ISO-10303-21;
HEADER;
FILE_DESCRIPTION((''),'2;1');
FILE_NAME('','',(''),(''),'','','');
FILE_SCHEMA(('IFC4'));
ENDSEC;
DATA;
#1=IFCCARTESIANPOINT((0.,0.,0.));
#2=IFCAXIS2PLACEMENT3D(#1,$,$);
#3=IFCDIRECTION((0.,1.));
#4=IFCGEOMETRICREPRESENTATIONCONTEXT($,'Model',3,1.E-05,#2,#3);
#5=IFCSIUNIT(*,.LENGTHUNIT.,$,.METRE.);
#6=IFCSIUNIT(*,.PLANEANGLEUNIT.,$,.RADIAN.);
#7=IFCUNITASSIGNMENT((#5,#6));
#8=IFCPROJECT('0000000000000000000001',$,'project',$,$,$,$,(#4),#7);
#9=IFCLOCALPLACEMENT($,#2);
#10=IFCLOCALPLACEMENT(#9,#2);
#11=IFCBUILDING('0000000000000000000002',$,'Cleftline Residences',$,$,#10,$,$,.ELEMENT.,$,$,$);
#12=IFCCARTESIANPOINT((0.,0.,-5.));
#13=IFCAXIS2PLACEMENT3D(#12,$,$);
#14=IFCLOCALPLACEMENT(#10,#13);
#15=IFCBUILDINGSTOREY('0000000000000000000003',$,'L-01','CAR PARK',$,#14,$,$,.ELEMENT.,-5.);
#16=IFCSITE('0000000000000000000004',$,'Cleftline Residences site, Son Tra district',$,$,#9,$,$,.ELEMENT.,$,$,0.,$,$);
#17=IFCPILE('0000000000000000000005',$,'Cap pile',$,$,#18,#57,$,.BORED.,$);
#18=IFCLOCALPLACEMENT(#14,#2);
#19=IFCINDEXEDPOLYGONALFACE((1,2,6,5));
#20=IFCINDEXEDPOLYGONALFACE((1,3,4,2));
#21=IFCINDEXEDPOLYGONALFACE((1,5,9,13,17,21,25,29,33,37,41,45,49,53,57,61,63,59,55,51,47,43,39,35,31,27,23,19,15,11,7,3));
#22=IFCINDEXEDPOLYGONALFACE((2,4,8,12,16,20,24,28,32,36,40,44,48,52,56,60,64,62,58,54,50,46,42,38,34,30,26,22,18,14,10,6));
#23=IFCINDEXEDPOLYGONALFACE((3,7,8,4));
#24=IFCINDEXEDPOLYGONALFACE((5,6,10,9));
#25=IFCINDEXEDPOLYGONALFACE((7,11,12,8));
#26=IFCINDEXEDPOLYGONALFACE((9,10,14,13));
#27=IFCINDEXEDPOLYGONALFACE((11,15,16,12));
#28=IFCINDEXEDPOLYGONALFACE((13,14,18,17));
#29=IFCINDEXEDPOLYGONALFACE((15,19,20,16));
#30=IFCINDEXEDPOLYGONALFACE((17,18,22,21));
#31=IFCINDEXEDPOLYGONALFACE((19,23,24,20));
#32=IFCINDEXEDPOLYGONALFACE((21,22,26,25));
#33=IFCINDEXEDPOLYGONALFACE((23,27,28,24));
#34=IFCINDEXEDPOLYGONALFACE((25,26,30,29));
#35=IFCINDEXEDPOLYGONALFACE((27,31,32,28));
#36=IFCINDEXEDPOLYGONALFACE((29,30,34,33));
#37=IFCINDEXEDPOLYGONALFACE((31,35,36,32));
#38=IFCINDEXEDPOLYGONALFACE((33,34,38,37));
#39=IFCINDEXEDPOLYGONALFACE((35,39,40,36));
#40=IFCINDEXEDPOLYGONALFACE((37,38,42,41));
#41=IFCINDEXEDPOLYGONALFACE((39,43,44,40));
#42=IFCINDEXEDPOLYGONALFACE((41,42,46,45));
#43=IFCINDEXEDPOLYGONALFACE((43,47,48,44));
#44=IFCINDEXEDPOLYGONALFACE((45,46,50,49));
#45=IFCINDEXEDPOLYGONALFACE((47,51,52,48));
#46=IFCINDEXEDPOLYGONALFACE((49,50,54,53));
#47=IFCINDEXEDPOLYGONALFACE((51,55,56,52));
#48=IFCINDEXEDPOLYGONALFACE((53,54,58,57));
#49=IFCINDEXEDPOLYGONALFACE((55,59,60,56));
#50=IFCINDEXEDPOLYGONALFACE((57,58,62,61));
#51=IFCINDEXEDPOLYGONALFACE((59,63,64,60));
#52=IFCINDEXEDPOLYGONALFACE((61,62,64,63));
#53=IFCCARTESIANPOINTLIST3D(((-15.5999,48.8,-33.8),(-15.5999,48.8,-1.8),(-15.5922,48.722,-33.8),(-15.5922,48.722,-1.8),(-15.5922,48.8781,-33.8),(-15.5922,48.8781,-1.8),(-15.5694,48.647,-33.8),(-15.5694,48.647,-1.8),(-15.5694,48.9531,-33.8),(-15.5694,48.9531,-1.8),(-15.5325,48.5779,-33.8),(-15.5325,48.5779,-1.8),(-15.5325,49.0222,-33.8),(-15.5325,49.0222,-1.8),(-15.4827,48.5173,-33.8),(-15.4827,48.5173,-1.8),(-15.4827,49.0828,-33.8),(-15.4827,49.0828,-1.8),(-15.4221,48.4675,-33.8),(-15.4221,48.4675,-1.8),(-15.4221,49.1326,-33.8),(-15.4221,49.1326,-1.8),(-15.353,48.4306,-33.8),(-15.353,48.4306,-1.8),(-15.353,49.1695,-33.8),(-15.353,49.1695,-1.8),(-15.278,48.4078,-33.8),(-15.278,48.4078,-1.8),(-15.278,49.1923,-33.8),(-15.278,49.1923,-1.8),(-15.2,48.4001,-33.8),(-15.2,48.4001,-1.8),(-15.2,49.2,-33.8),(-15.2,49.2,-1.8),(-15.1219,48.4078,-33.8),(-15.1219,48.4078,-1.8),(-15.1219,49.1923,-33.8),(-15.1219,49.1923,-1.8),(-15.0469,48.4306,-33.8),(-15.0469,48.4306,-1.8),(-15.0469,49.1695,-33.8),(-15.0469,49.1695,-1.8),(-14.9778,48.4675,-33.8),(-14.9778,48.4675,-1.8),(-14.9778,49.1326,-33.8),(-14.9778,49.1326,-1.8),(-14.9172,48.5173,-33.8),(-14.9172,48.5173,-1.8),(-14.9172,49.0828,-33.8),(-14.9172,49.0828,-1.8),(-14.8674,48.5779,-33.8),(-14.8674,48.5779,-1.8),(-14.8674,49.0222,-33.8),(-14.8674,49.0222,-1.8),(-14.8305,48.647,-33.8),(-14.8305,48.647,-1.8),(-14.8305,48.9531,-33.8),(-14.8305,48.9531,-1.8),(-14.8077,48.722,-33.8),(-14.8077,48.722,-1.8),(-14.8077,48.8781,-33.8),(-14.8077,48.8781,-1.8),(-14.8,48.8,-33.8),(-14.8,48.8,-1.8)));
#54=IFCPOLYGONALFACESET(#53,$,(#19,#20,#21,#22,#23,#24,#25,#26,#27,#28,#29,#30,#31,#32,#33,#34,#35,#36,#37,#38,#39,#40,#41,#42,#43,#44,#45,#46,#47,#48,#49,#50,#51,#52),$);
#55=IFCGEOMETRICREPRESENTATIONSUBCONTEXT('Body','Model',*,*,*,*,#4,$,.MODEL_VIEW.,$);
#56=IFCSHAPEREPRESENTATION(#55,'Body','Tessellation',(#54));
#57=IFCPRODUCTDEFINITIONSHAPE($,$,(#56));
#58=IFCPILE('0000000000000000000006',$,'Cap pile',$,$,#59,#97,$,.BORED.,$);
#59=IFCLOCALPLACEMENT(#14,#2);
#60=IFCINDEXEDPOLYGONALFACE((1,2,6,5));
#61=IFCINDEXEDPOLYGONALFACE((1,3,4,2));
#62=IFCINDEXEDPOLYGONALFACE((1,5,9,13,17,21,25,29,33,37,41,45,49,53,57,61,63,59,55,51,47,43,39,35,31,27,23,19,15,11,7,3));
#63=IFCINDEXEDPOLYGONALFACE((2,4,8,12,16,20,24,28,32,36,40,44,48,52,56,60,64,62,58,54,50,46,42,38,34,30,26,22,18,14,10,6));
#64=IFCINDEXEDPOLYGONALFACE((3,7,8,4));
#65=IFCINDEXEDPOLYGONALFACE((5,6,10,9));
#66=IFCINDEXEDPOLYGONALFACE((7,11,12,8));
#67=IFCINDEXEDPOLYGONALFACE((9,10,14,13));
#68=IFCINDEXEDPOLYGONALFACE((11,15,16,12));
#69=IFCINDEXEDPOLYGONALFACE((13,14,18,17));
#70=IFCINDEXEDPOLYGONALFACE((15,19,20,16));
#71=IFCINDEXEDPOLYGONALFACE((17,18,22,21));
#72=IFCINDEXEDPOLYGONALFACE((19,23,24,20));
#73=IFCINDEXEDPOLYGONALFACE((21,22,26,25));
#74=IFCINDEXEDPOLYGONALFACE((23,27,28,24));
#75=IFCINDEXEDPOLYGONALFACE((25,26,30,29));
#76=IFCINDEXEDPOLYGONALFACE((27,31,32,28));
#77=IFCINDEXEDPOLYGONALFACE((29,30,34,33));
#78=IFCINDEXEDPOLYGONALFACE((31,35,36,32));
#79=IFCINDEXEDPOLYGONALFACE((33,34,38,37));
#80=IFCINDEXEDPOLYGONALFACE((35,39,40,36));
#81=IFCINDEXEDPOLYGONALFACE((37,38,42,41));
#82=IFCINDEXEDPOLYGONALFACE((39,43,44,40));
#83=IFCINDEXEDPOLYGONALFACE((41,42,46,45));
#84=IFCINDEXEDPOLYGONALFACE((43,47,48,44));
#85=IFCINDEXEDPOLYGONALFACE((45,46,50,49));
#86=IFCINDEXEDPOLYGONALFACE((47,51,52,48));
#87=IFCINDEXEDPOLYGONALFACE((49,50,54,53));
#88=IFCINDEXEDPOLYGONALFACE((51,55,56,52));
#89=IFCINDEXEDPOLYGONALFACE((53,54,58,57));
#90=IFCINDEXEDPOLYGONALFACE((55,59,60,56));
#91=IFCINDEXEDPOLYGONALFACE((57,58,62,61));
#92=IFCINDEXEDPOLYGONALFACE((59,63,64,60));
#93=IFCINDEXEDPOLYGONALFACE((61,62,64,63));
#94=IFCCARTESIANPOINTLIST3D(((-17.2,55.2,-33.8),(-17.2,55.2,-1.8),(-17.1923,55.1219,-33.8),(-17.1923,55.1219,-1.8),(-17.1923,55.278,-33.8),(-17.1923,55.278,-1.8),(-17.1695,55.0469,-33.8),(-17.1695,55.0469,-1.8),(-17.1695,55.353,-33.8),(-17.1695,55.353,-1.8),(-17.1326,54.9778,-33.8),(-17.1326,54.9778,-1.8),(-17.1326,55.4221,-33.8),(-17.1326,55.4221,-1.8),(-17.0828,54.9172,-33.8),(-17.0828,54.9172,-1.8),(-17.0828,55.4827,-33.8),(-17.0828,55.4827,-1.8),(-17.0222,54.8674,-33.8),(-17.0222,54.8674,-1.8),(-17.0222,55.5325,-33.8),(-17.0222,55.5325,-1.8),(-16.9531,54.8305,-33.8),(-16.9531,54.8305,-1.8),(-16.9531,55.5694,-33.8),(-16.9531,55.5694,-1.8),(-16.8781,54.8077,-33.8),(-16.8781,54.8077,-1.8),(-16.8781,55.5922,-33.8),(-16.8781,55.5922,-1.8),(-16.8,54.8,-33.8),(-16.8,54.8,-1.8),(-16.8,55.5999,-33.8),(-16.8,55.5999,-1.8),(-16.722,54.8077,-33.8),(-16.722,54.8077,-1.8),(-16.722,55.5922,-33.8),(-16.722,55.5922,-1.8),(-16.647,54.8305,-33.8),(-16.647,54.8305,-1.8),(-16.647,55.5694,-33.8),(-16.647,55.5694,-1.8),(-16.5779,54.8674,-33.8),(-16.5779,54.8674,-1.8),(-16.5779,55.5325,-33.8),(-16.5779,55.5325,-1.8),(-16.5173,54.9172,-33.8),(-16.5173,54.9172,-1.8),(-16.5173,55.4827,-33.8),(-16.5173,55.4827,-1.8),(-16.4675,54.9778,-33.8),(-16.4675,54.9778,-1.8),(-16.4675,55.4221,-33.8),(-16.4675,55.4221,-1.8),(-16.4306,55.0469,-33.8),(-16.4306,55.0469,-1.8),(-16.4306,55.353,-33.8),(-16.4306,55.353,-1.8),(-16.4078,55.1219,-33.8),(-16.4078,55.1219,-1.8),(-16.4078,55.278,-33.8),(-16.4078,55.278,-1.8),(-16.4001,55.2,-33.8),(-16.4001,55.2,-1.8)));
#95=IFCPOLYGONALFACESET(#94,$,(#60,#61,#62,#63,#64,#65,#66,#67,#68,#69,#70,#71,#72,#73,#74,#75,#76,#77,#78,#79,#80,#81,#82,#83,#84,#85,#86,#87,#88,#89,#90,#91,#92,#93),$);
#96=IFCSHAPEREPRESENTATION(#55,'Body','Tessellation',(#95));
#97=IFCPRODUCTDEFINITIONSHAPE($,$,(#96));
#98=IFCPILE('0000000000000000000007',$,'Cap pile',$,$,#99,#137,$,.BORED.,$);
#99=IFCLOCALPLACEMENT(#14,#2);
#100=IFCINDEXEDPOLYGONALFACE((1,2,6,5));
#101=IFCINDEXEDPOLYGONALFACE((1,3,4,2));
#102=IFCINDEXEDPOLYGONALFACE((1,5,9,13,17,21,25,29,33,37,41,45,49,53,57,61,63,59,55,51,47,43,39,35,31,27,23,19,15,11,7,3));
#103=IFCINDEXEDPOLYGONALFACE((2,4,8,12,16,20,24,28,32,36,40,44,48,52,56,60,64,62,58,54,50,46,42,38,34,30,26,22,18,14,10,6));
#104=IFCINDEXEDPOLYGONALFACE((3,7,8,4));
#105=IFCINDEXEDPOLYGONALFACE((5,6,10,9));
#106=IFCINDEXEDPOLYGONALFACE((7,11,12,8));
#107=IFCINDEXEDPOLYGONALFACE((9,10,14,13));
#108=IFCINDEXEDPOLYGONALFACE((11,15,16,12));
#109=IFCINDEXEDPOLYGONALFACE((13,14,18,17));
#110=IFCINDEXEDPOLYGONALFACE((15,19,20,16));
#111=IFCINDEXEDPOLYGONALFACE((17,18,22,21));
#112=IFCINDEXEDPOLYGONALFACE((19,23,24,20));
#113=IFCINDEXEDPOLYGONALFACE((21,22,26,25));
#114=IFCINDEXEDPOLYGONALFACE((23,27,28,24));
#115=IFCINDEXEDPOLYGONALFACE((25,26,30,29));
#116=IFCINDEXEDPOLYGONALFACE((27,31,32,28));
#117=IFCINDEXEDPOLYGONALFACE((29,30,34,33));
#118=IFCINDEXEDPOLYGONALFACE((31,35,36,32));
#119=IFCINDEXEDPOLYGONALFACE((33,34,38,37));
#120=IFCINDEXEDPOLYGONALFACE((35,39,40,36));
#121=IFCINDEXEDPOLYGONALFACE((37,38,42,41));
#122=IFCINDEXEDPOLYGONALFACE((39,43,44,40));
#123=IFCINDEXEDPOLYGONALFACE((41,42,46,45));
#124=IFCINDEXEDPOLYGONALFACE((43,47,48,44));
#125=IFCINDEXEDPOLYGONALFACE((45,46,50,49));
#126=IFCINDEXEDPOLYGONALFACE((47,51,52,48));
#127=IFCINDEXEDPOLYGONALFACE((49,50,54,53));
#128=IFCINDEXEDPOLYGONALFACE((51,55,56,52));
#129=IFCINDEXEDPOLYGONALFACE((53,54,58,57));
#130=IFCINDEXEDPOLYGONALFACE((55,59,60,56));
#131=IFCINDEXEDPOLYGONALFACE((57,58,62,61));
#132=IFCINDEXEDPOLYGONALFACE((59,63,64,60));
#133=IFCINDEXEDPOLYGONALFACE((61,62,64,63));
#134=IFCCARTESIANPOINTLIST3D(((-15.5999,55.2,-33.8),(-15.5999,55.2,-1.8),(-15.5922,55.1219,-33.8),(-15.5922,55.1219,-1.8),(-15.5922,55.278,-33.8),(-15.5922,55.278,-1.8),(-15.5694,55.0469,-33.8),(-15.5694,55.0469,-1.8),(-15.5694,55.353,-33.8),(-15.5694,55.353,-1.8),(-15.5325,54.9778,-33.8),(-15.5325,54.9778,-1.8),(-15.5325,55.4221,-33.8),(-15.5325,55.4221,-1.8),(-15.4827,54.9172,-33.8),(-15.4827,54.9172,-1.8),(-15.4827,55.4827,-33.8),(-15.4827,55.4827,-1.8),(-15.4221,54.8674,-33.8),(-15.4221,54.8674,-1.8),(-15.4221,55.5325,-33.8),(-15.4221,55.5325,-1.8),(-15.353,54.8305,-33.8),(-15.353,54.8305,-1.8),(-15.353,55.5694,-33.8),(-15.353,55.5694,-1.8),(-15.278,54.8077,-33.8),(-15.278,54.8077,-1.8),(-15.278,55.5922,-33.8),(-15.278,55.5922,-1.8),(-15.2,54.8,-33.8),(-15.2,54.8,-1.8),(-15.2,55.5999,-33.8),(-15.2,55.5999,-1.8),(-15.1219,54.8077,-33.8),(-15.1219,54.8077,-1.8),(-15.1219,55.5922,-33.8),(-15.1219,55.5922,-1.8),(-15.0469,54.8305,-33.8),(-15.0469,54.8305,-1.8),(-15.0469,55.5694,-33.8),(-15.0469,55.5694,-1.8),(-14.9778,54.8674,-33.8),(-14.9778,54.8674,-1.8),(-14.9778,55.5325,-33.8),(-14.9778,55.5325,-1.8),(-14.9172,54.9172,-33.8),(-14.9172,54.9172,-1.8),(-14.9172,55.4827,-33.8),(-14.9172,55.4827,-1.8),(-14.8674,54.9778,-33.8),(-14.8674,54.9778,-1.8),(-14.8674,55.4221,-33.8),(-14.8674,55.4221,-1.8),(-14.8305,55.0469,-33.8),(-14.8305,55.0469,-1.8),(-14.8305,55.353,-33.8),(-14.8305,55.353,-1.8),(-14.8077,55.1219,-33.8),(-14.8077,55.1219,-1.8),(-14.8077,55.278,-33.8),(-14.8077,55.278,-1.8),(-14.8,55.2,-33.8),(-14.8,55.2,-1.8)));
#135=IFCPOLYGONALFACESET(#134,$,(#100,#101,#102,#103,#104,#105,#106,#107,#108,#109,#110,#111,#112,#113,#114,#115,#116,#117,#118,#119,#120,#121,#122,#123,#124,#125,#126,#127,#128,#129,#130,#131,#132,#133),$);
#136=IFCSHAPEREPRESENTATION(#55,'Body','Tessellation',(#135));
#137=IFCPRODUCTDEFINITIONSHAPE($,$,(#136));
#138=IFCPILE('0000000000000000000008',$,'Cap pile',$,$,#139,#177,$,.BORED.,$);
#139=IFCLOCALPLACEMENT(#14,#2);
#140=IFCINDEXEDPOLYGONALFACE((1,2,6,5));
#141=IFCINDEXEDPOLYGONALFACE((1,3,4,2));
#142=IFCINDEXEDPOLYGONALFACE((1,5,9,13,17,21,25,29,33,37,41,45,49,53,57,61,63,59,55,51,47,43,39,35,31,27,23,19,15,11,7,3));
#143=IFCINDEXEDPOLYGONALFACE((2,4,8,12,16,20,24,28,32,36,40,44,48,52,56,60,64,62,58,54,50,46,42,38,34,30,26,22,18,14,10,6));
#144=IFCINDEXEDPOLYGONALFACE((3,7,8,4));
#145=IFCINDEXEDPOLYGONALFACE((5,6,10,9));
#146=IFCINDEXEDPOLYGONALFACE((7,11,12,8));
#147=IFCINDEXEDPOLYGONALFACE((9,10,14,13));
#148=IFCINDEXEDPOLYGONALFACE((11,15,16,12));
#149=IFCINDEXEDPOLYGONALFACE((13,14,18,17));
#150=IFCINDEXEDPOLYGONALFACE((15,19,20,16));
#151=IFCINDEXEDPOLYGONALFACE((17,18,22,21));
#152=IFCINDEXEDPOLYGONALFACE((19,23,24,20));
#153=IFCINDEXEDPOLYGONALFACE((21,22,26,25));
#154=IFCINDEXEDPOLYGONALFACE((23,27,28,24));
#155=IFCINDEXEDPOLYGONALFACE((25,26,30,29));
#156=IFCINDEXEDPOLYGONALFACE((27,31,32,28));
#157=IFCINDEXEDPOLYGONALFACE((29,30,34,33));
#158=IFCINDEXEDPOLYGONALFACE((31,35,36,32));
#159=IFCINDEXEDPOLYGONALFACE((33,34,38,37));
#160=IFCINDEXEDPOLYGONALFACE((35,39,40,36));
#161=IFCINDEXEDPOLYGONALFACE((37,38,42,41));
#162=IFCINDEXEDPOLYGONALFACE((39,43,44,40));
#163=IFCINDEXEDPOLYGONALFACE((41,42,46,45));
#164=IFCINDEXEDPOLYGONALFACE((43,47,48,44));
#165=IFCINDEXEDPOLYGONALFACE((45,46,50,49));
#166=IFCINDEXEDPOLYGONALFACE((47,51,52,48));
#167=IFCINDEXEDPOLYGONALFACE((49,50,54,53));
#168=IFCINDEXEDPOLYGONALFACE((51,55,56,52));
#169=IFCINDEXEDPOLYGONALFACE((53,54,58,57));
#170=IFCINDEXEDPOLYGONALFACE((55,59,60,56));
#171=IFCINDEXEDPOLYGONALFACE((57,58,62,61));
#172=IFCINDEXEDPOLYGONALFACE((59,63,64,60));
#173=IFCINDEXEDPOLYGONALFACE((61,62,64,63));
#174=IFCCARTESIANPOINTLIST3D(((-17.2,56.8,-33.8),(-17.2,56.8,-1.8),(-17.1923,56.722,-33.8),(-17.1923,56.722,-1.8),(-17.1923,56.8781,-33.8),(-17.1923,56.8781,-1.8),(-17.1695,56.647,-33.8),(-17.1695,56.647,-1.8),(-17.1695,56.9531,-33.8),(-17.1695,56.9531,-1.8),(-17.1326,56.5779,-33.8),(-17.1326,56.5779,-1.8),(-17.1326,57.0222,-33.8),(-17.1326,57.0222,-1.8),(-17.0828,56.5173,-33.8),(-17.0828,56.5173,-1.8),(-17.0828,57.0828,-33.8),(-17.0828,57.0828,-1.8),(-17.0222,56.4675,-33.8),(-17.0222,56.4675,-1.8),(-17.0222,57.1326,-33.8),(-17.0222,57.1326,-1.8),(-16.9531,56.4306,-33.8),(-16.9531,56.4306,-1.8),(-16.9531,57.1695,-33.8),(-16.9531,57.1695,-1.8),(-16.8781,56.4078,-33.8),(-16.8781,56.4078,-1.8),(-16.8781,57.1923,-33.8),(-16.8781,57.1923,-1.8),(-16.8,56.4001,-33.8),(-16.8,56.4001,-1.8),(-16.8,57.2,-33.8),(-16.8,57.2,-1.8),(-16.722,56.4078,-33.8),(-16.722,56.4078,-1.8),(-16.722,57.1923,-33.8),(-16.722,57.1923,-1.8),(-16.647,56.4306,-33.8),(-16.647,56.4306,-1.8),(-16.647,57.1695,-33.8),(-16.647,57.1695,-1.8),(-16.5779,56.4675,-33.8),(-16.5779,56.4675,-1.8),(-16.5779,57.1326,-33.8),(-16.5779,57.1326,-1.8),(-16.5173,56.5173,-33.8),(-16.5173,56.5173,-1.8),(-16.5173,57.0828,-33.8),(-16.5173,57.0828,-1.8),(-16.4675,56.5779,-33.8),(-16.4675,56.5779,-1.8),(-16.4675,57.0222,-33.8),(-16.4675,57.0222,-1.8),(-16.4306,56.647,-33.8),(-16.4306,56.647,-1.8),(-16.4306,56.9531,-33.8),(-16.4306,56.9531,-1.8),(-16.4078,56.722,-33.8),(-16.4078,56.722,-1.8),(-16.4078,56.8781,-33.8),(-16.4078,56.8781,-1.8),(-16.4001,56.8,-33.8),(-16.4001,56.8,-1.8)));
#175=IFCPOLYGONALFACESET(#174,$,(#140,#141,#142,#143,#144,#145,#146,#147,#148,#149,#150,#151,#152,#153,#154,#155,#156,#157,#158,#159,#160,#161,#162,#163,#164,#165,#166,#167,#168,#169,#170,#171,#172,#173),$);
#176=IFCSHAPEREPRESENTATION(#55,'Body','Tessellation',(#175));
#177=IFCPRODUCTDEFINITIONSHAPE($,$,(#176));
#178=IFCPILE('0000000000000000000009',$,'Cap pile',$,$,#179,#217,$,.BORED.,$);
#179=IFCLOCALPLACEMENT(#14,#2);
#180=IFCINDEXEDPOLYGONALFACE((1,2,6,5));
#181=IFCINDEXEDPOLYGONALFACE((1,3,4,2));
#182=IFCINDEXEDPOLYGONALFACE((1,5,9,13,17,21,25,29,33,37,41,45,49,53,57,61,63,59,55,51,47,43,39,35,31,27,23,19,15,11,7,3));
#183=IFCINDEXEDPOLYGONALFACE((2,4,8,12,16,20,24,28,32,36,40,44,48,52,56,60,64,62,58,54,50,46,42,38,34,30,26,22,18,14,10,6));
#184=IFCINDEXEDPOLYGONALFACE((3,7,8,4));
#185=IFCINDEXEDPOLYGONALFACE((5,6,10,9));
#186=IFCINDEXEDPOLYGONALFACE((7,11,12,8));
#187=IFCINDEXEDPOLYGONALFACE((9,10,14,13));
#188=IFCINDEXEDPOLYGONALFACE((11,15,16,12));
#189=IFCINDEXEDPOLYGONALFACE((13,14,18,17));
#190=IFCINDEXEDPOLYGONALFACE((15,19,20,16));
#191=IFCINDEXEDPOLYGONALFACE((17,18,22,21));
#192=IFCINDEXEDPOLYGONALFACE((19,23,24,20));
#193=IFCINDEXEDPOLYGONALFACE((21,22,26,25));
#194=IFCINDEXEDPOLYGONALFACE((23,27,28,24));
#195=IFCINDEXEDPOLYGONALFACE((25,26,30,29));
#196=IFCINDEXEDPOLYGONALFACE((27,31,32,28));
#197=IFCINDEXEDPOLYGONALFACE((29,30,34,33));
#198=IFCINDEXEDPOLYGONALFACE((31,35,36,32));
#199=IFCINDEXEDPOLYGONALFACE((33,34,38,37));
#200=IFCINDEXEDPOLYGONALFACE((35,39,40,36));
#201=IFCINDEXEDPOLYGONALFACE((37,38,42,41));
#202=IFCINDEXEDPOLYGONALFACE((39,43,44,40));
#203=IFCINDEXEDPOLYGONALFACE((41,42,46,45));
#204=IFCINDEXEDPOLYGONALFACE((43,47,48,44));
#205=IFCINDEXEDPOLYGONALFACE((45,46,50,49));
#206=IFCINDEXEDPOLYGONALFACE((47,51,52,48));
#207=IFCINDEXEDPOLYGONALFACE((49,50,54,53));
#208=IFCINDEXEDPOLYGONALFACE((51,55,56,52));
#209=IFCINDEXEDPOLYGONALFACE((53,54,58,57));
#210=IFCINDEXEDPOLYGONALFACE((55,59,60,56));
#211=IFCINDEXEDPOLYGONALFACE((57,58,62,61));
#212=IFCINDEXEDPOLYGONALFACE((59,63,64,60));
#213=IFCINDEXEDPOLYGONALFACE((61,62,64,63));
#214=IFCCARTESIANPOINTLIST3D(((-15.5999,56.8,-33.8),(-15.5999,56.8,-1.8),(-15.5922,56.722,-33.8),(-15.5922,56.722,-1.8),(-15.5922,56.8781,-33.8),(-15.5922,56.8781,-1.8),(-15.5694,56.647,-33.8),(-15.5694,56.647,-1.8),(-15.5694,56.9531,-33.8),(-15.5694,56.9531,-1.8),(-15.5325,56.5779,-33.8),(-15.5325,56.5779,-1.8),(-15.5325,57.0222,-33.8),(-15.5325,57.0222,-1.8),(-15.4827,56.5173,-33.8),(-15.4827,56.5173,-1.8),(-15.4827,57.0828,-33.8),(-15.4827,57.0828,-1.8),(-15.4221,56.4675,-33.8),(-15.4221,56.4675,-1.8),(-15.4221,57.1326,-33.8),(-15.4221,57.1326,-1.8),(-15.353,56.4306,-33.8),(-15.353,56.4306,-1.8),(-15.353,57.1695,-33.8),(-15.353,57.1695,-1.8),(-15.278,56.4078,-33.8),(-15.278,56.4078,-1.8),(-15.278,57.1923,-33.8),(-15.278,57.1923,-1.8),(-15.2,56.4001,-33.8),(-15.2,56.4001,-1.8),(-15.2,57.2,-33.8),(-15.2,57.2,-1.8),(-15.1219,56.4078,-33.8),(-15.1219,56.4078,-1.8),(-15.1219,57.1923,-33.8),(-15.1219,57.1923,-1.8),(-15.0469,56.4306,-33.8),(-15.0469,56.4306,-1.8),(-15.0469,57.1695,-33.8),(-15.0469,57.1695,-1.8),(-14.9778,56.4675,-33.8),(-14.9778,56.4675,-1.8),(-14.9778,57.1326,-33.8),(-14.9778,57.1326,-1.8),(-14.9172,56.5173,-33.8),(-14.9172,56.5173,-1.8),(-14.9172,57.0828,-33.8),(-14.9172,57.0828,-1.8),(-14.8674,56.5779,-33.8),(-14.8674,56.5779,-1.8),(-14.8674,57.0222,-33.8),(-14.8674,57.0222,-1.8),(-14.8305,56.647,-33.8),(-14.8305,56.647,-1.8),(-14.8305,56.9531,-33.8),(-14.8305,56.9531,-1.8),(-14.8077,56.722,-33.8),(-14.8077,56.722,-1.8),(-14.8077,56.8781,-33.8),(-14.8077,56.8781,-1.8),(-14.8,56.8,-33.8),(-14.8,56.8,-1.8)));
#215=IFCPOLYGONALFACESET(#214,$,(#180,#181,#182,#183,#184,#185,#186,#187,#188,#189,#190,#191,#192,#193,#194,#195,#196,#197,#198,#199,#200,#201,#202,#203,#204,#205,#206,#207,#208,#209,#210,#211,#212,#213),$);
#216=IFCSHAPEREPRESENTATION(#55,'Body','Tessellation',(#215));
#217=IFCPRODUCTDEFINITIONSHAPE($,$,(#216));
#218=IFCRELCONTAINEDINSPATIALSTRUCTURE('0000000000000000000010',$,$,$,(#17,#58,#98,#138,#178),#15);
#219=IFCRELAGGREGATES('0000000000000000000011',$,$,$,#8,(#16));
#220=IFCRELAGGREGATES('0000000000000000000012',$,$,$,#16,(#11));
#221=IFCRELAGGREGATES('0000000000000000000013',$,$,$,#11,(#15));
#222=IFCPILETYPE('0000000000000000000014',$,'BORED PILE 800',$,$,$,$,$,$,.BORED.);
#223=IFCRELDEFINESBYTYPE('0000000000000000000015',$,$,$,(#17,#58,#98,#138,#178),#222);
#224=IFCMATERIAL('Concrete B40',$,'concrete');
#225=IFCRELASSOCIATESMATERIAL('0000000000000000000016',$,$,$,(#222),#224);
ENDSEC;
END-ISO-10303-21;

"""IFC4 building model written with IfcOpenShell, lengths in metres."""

from ifc_helpers import new_model, si_unit, direction, frame, origin, origin_2d, place, context, subcontext, project, spatial, circle, extrude, material, material_profile, profile_set, type_object, element, save


model = new_model("IFC4")

# Units and contexts
model_context = context("Model", 3, precision=1e-05, world=origin(), true_north=direction((0.0, 1.0)))
body_context = subcontext(model_context, "Body", "Model", "MODEL_VIEW")
ifc_project = project(units=[si_unit("LENGTHUNIT", "METRE"), si_unit("PLANEANGLEUNIT", "RADIAN")], contexts=[model_context])

# Site, building, storey
site_placement = place(None, origin())
site = spatial("IfcSite", under=ifc_project, at=site_placement, Name="Cleftline Residences site, Son Tra district", CompositionType="ELEMENT", RefElevation=0.0)
building_placement = place(site_placement, origin())
building = spatial("IfcBuilding", under=site, at=building_placement, Name="Cleftline Residences", CompositionType="ELEMENT")
storey_placement = place(building_placement, frame((0.0, 0.0, -5.0)))
storey = spatial("IfcBuildingStorey", under=building, at=storey_placement, Name="L-01", Description="CAR PARK", CompositionType="ELEMENT", Elevation=-5.0)

# Piles
ifc_material_1 = material(Name="Concrete B40", Category="concrete")
ifc_material_profile_1 = material_profile(ifc_material_1, circle(Radius=0.3999, at=origin_2d()))
ifc_profile_set_1 = profile_set([ifc_material_profile_1], Name="Concrete B40")
pile_type = type_object("IfcPileType", Name="BORED PILE 800", PredefinedType="BORED", material=ifc_profile_set_1)
for number, where, z_axis, x_axis, name in (
    (1, (-15.2, 48.8, -1.8), (0.0, 0.0, -1.0), (1.0, 0.0, 0.0), "Cap pile"),
    (2, (-16.8, 55.2, -1.8), (0.0, 0.0, -1.0), (1.0, 0.0, 0.0), "Cap pile"),
    (3, (-15.2, 55.2, -1.8), (0.0, 0.0, -1.0), (1.0, 0.0, 0.0), "Cap pile"),
    (4, (-16.8, 56.8, -1.8), (0.0, 0.0, -1.0), (1.0, 0.0, 0.0), "Cap pile"),
    (5, (-15.2, 56.8, -1.8), (0.0, 0.0, -1.0), (1.0, 0.0, 0.0), "Cap pile"),
):
    element("IfcPile", number, at=place(storey_placement, frame(where, z_axis=z_axis, x_axis=x_axis)), inside=storey, type_object=pile_type, Name=name, PredefinedType="BORED", context=body_context, shape_type="SweptSolid", body=[
        extrude(circle(Radius=0.3999, at=origin_2d()), origin(), (0.0, 0.0, 1.0), 32.0),
    ])

save(model, "model.ifc")
